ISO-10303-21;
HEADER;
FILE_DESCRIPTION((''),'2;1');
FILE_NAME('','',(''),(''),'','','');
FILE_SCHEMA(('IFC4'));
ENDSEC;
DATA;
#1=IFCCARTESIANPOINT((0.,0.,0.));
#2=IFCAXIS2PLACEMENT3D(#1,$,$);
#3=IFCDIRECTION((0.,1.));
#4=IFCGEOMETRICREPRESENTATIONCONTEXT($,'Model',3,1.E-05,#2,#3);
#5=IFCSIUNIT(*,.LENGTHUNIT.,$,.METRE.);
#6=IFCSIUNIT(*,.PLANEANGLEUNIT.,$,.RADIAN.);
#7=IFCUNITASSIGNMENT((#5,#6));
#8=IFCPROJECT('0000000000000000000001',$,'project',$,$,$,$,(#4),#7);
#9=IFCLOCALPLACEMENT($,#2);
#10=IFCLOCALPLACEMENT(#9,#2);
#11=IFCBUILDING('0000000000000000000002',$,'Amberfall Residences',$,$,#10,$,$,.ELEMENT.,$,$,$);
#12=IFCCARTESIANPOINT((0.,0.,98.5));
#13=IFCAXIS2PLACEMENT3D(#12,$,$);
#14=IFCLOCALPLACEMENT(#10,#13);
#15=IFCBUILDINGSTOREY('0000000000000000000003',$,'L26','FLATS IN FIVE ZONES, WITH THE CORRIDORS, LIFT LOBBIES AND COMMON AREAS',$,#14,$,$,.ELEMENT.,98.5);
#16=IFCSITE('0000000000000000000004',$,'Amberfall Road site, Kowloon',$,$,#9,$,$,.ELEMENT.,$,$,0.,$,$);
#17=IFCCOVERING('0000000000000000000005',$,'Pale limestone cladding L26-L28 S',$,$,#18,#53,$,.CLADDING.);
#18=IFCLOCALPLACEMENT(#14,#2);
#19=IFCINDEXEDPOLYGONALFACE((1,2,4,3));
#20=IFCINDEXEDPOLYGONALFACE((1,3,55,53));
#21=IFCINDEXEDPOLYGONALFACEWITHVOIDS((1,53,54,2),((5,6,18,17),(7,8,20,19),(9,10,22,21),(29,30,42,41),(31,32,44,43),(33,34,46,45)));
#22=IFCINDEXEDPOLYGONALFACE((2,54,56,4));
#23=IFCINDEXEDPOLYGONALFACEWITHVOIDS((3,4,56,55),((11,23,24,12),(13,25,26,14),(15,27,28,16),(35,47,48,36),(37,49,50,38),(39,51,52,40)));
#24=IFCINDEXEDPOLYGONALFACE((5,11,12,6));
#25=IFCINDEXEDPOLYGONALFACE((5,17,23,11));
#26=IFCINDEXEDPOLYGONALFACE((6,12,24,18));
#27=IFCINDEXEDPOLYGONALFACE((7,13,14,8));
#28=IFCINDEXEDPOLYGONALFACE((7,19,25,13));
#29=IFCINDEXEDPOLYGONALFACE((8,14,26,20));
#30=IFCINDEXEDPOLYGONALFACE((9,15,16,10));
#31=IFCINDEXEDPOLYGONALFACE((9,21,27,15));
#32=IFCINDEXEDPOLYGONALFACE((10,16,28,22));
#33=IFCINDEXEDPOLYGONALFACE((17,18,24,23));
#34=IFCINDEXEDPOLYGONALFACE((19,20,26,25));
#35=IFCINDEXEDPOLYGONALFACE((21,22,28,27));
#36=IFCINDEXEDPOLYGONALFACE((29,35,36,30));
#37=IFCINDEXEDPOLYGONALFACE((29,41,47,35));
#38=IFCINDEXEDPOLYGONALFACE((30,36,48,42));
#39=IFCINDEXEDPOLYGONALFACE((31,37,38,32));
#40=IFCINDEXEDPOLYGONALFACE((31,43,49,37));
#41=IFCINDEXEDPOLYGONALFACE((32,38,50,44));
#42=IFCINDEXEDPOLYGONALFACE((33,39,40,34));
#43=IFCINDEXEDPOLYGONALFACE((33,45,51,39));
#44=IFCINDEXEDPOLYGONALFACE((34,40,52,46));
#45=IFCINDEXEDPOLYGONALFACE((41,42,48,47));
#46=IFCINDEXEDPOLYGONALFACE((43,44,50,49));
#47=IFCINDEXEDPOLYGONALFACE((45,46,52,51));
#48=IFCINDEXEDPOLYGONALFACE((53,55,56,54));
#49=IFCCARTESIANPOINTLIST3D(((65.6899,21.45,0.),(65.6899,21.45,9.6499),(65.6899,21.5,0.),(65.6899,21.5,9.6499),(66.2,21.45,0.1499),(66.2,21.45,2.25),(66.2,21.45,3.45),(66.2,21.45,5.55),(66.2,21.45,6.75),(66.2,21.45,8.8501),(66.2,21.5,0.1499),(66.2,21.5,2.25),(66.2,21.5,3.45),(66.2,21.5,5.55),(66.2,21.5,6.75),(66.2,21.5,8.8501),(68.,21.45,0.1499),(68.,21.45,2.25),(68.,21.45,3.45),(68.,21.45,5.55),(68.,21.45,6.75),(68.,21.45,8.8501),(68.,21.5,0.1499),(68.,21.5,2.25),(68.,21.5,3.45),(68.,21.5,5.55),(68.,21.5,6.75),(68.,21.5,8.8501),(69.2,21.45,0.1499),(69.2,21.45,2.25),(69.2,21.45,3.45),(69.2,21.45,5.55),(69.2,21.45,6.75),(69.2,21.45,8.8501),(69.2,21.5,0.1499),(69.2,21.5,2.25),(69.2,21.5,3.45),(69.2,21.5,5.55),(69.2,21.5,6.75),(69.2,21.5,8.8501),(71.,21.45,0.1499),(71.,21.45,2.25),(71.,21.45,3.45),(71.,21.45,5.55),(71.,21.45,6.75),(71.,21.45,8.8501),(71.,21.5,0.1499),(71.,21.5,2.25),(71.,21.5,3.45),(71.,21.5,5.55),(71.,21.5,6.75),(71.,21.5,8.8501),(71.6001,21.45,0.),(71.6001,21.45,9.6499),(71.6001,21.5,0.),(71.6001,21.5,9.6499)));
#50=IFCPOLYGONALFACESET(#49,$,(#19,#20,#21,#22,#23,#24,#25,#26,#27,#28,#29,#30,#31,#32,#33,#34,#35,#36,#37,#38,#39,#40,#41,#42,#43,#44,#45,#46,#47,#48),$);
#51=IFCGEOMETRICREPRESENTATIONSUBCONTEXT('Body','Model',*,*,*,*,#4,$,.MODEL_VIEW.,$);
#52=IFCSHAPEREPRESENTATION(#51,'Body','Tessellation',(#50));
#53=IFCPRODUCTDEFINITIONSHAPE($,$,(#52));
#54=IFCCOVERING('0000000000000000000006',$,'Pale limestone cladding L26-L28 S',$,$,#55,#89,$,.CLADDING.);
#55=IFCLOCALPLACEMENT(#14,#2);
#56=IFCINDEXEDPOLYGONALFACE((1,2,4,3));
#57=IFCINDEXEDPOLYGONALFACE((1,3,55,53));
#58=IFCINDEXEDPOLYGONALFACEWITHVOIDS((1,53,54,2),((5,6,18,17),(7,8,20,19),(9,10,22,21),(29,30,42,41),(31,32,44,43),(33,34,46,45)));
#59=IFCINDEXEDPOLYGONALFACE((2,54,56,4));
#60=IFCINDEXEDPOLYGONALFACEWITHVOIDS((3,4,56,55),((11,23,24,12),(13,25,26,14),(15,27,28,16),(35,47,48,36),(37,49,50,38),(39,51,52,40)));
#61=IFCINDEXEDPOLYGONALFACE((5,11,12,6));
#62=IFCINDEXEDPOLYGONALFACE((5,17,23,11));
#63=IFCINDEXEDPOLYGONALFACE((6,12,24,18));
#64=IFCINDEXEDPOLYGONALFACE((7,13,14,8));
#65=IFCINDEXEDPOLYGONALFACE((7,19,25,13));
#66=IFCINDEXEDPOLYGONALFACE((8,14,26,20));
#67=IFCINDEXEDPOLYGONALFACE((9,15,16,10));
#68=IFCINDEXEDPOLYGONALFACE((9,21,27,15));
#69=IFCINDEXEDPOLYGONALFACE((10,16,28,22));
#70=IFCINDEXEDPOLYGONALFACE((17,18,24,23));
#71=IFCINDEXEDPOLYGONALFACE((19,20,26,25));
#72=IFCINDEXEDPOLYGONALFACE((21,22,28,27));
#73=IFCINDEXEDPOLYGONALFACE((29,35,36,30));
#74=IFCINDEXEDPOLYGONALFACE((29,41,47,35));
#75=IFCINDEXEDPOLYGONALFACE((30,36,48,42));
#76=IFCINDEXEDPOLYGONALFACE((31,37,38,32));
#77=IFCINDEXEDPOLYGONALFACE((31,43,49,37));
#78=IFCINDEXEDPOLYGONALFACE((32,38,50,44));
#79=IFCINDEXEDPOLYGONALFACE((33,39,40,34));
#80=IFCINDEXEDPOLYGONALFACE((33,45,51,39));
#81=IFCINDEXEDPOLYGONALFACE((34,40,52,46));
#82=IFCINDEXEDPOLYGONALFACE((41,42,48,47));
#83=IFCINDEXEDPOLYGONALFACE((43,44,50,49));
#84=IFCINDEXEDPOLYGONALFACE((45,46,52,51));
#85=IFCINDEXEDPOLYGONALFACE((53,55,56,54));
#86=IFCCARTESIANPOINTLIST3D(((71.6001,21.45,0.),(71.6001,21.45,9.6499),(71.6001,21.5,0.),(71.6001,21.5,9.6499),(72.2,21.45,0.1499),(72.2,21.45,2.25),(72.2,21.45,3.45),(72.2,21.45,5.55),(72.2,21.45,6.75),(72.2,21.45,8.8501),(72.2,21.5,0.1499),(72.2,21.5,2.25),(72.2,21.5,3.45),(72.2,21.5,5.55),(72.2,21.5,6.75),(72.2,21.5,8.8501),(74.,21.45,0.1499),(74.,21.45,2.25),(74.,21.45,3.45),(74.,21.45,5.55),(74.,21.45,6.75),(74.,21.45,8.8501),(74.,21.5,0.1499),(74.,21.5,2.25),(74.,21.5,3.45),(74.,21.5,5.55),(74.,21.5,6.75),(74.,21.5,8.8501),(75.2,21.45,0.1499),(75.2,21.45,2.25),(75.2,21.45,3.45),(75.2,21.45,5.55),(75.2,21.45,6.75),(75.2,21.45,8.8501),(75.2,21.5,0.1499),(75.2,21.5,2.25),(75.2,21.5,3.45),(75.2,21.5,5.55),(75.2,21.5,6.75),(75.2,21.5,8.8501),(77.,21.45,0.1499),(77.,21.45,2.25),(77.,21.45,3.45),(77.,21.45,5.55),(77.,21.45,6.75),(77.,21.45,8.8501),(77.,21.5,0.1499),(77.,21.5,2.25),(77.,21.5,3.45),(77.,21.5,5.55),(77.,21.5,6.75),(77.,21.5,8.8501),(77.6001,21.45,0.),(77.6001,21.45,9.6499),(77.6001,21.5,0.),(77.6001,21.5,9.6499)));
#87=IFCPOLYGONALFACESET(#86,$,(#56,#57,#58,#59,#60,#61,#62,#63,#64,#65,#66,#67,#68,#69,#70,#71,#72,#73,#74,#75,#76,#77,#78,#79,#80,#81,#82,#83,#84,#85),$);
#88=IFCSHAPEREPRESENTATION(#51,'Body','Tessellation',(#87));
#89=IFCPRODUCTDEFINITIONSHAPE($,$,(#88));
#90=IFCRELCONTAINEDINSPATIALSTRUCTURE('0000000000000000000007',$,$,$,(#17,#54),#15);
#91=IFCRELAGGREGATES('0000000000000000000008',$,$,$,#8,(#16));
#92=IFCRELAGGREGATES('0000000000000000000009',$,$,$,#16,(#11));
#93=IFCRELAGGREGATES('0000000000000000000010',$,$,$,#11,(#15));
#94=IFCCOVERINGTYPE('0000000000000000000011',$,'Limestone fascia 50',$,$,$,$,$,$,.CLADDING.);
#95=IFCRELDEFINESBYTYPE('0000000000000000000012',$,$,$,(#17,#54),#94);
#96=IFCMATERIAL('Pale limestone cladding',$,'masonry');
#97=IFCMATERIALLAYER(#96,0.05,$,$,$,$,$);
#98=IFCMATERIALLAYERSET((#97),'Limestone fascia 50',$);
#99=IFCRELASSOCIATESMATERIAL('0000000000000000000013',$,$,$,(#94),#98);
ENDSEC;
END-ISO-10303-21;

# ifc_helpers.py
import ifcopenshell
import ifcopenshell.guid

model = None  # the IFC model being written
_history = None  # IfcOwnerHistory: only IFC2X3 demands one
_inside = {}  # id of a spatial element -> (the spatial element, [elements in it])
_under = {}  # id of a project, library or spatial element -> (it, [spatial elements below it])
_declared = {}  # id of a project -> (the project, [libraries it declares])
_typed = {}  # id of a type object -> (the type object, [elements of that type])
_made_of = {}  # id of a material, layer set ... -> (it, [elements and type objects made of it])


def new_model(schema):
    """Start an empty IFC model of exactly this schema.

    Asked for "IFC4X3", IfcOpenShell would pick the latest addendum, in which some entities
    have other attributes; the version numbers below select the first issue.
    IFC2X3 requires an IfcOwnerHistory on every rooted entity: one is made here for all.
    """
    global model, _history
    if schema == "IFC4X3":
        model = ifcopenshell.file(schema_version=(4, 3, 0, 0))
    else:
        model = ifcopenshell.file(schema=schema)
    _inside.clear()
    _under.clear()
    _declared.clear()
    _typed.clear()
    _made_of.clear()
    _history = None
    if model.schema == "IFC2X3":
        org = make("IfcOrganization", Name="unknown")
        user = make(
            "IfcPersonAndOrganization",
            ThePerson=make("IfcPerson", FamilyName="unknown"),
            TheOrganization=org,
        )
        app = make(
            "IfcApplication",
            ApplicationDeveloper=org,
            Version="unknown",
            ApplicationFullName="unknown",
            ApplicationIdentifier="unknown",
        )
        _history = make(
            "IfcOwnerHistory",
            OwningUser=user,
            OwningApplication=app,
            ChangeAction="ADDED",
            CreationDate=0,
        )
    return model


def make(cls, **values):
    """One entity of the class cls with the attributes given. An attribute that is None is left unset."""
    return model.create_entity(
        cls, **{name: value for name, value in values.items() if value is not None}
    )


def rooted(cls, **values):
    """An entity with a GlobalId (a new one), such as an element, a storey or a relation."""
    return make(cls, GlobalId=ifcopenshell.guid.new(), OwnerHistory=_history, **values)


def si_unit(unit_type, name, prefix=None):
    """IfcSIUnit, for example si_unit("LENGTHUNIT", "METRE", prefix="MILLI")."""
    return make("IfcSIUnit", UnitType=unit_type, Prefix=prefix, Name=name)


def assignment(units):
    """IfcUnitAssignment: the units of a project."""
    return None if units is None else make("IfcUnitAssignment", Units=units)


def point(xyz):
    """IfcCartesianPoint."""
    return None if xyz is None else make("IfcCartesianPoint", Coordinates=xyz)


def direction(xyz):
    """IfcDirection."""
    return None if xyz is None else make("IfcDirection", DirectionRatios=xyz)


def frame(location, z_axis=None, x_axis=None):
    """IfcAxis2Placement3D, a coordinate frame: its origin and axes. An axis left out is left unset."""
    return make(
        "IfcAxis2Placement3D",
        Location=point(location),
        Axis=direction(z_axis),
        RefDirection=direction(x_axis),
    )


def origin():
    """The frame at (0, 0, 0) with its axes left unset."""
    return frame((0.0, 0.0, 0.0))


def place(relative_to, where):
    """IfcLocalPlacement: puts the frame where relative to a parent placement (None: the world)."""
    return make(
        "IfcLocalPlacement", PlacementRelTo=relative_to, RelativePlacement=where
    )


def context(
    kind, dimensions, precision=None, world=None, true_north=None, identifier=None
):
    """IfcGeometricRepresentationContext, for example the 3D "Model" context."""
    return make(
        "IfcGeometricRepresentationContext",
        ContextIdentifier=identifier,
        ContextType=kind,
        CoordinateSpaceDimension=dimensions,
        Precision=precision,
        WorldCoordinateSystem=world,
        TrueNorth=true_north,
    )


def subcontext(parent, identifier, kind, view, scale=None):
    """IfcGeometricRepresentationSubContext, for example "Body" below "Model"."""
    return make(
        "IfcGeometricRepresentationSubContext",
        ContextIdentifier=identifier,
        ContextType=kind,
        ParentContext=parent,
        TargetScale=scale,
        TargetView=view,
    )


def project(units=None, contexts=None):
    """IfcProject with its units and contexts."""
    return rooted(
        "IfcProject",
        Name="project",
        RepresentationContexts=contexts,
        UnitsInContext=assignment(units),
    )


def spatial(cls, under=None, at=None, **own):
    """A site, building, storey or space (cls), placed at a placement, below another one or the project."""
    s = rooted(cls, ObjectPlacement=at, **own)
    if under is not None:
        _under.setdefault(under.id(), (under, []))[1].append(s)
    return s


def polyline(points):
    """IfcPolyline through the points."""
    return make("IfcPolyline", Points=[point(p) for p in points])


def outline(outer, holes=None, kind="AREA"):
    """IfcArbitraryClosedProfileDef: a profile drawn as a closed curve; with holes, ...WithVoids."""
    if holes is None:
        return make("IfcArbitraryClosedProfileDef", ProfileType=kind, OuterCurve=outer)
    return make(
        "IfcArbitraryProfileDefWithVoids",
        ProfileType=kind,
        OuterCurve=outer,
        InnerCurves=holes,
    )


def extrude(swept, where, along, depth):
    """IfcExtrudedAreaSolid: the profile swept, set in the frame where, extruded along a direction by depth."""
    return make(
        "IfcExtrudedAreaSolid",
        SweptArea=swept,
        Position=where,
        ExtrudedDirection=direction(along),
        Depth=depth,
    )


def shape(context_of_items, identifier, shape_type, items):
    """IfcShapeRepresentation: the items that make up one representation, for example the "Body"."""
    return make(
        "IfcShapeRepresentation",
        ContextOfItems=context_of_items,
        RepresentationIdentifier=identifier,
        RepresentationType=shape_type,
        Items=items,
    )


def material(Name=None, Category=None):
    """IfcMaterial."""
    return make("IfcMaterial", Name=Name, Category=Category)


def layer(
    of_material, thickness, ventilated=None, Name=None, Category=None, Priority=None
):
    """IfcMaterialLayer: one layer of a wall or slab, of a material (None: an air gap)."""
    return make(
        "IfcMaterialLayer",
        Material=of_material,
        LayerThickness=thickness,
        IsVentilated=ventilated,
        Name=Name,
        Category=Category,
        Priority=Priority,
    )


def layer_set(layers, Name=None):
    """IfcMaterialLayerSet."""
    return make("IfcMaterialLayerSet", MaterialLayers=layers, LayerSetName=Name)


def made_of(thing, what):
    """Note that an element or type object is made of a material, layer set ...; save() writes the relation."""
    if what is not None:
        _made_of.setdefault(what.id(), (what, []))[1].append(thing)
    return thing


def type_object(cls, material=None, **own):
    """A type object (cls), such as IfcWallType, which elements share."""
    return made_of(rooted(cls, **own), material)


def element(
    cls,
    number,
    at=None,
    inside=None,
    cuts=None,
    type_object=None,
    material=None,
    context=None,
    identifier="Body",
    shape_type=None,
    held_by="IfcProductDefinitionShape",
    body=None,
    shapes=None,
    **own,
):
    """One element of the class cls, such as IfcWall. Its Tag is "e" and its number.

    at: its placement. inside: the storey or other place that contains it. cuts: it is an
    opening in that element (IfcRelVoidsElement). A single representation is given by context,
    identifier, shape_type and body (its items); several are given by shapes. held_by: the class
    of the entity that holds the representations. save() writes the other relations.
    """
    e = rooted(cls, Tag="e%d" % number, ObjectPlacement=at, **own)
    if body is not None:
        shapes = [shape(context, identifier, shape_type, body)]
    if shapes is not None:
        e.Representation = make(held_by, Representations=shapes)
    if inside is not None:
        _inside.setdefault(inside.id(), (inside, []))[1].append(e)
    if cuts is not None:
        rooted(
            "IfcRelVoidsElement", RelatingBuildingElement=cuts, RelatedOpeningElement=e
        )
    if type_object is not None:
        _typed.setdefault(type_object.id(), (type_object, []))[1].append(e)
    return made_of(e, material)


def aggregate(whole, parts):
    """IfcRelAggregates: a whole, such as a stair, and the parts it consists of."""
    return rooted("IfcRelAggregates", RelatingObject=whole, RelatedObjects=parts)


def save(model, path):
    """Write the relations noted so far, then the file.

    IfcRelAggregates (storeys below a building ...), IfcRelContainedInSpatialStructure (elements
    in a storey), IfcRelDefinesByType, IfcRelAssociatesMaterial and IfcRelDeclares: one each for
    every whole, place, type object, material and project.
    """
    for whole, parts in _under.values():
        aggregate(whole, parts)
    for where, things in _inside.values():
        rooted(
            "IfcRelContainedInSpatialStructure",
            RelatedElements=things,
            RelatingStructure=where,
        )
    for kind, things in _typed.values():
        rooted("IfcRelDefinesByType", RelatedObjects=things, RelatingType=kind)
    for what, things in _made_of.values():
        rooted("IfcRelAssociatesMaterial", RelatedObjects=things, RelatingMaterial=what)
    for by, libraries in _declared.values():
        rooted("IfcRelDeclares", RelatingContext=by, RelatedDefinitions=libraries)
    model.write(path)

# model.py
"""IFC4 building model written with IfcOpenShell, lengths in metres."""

from ifc_helpers import new_model, si_unit, direction, frame, origin, place, context, subcontext, project, spatial, polyline, outline, extrude, material, layer, layer_set, type_object, element, save


model = new_model("IFC4")

# Units and contexts
model_context = context("Model", 3, precision=1e-05, world=origin(), true_north=direction((0.0, 1.0)))
body_context = subcontext(model_context, "Body", "Model", "MODEL_VIEW")
ifc_project = project(units=[si_unit("LENGTHUNIT", "METRE"), si_unit("PLANEANGLEUNIT", "RADIAN")], contexts=[model_context])

# Site, building, storey
site_placement = place(None, origin())
site = spatial("IfcSite", under=ifc_project, at=site_placement, Name="Amberfall Road site, Kowloon", CompositionType="ELEMENT", RefElevation=0.0)
building_placement = place(site_placement, origin())
building = spatial("IfcBuilding", under=site, at=building_placement, Name="Amberfall Residences", CompositionType="ELEMENT")
storey_placement = place(building_placement, frame((0.0, 0.0, 98.5)))
storey = spatial("IfcBuildingStorey", under=building, at=storey_placement, Name="L26", Description="FLATS IN FIVE ZONES, WITH THE CORRIDORS, LIFT LOBBIES AND COMMON AREAS", CompositionType="ELEMENT", Elevation=98.5)

# Coverings
ifc_material_1 = material(Name="Pale limestone cladding", Category="masonry")
ifc_layer_1 = layer(ifc_material_1, 0.05)
ifc_layer_set_1 = layer_set([ifc_layer_1], Name="Limestone fascia 50")
covering_type = type_object("IfcCoveringType", Name="Limestone fascia 50", PredefinedType="CLADDING", material=ifc_layer_set_1)
covering_1_placement = place(storey_placement, frame((65.6899, 21.5, 9.6499), z_axis=(0.0, 1.0, 0.0), x_axis=(1.0, 0.0, 0.0)))
element("IfcCovering", 1, at=covering_1_placement, inside=storey, type_object=covering_type, Name="Pale limestone cladding L26-L28 S", PredefinedType="CLADDING", context=body_context, shape_type="SweptSolid", body=[
    extrude(outline(polyline([(0.0, 0.0), (5.9102, 0.0), (5.9102, 9.6499), (0.0, 9.6499), (0.0, 0.0)]), holes=[polyline([(0.51, 7.3999), (2.3101, 7.3999), (2.3101, 9.5), (0.51, 9.5), (0.51, 7.3999)]), polyline([(3.51, 7.3999), (5.3101, 7.3999), (5.3101, 9.5), (3.51, 9.5), (3.51, 7.3999)]), polyline([(0.51, 4.0999), (2.3101, 4.0999), (2.3101, 6.2), (0.51, 6.2), (0.51, 4.0999)]), polyline([(3.51, 4.0999), (5.3101, 4.0999), (5.3101, 6.2), (3.51, 6.2), (3.51, 4.0999)]), polyline([(0.51, 0.7998), (2.3101, 0.7998), (2.3101, 2.8999), (0.51, 2.8999), (0.51, 0.7998)]), polyline([(3.51, 0.7998), (5.3101, 0.7998), (5.3101, 2.8999), (3.51, 2.8999), (3.51, 0.7998)])]), origin(), (0.0, 0.0, -1.0), 0.05),
])
covering_2_placement = place(storey_placement, frame((71.6001, 21.5, 9.6499), z_axis=(0.0, 1.0, 0.0), x_axis=(1.0, 0.0, 0.0)))
element("IfcCovering", 2, at=covering_2_placement, inside=storey, type_object=covering_type, Name="Pale limestone cladding L26-L28 S", PredefinedType="CLADDING", context=body_context, shape_type="SweptSolid", body=[
    extrude(outline(polyline([(0.0, 0.0), (6.0, 0.0), (6.0, 9.6499), (0.0, 9.6499), (0.0, 0.0)]), holes=[polyline([(0.5999, 7.3999), (2.3999, 7.3999), (2.3999, 9.5), (0.5999, 9.5), (0.5999, 7.3999)]), polyline([(3.5999, 7.3999), (5.3999, 7.3999), (5.3999, 9.5), (3.5999, 9.5), (3.5999, 7.3999)]), polyline([(0.5999, 4.0999), (2.3999, 4.0999), (2.3999, 6.2), (0.5999, 6.2), (0.5999, 4.0999)]), polyline([(3.5999, 4.0999), (5.3999, 4.0999), (5.3999, 6.2), (3.5999, 6.2), (3.5999, 4.0999)]), polyline([(0.5999, 0.7998), (2.3999, 0.7998), (2.3999, 2.8999), (0.5999, 2.8999), (0.5999, 0.7998)]), polyline([(3.5999, 0.7998), (5.3999, 0.7998), (5.3999, 2.8999), (3.5999, 2.8999), (3.5999, 0.7998)])]), origin(), (0.0, 0.0, -1.0), 0.05),
])

save(model, "model.ifc")
